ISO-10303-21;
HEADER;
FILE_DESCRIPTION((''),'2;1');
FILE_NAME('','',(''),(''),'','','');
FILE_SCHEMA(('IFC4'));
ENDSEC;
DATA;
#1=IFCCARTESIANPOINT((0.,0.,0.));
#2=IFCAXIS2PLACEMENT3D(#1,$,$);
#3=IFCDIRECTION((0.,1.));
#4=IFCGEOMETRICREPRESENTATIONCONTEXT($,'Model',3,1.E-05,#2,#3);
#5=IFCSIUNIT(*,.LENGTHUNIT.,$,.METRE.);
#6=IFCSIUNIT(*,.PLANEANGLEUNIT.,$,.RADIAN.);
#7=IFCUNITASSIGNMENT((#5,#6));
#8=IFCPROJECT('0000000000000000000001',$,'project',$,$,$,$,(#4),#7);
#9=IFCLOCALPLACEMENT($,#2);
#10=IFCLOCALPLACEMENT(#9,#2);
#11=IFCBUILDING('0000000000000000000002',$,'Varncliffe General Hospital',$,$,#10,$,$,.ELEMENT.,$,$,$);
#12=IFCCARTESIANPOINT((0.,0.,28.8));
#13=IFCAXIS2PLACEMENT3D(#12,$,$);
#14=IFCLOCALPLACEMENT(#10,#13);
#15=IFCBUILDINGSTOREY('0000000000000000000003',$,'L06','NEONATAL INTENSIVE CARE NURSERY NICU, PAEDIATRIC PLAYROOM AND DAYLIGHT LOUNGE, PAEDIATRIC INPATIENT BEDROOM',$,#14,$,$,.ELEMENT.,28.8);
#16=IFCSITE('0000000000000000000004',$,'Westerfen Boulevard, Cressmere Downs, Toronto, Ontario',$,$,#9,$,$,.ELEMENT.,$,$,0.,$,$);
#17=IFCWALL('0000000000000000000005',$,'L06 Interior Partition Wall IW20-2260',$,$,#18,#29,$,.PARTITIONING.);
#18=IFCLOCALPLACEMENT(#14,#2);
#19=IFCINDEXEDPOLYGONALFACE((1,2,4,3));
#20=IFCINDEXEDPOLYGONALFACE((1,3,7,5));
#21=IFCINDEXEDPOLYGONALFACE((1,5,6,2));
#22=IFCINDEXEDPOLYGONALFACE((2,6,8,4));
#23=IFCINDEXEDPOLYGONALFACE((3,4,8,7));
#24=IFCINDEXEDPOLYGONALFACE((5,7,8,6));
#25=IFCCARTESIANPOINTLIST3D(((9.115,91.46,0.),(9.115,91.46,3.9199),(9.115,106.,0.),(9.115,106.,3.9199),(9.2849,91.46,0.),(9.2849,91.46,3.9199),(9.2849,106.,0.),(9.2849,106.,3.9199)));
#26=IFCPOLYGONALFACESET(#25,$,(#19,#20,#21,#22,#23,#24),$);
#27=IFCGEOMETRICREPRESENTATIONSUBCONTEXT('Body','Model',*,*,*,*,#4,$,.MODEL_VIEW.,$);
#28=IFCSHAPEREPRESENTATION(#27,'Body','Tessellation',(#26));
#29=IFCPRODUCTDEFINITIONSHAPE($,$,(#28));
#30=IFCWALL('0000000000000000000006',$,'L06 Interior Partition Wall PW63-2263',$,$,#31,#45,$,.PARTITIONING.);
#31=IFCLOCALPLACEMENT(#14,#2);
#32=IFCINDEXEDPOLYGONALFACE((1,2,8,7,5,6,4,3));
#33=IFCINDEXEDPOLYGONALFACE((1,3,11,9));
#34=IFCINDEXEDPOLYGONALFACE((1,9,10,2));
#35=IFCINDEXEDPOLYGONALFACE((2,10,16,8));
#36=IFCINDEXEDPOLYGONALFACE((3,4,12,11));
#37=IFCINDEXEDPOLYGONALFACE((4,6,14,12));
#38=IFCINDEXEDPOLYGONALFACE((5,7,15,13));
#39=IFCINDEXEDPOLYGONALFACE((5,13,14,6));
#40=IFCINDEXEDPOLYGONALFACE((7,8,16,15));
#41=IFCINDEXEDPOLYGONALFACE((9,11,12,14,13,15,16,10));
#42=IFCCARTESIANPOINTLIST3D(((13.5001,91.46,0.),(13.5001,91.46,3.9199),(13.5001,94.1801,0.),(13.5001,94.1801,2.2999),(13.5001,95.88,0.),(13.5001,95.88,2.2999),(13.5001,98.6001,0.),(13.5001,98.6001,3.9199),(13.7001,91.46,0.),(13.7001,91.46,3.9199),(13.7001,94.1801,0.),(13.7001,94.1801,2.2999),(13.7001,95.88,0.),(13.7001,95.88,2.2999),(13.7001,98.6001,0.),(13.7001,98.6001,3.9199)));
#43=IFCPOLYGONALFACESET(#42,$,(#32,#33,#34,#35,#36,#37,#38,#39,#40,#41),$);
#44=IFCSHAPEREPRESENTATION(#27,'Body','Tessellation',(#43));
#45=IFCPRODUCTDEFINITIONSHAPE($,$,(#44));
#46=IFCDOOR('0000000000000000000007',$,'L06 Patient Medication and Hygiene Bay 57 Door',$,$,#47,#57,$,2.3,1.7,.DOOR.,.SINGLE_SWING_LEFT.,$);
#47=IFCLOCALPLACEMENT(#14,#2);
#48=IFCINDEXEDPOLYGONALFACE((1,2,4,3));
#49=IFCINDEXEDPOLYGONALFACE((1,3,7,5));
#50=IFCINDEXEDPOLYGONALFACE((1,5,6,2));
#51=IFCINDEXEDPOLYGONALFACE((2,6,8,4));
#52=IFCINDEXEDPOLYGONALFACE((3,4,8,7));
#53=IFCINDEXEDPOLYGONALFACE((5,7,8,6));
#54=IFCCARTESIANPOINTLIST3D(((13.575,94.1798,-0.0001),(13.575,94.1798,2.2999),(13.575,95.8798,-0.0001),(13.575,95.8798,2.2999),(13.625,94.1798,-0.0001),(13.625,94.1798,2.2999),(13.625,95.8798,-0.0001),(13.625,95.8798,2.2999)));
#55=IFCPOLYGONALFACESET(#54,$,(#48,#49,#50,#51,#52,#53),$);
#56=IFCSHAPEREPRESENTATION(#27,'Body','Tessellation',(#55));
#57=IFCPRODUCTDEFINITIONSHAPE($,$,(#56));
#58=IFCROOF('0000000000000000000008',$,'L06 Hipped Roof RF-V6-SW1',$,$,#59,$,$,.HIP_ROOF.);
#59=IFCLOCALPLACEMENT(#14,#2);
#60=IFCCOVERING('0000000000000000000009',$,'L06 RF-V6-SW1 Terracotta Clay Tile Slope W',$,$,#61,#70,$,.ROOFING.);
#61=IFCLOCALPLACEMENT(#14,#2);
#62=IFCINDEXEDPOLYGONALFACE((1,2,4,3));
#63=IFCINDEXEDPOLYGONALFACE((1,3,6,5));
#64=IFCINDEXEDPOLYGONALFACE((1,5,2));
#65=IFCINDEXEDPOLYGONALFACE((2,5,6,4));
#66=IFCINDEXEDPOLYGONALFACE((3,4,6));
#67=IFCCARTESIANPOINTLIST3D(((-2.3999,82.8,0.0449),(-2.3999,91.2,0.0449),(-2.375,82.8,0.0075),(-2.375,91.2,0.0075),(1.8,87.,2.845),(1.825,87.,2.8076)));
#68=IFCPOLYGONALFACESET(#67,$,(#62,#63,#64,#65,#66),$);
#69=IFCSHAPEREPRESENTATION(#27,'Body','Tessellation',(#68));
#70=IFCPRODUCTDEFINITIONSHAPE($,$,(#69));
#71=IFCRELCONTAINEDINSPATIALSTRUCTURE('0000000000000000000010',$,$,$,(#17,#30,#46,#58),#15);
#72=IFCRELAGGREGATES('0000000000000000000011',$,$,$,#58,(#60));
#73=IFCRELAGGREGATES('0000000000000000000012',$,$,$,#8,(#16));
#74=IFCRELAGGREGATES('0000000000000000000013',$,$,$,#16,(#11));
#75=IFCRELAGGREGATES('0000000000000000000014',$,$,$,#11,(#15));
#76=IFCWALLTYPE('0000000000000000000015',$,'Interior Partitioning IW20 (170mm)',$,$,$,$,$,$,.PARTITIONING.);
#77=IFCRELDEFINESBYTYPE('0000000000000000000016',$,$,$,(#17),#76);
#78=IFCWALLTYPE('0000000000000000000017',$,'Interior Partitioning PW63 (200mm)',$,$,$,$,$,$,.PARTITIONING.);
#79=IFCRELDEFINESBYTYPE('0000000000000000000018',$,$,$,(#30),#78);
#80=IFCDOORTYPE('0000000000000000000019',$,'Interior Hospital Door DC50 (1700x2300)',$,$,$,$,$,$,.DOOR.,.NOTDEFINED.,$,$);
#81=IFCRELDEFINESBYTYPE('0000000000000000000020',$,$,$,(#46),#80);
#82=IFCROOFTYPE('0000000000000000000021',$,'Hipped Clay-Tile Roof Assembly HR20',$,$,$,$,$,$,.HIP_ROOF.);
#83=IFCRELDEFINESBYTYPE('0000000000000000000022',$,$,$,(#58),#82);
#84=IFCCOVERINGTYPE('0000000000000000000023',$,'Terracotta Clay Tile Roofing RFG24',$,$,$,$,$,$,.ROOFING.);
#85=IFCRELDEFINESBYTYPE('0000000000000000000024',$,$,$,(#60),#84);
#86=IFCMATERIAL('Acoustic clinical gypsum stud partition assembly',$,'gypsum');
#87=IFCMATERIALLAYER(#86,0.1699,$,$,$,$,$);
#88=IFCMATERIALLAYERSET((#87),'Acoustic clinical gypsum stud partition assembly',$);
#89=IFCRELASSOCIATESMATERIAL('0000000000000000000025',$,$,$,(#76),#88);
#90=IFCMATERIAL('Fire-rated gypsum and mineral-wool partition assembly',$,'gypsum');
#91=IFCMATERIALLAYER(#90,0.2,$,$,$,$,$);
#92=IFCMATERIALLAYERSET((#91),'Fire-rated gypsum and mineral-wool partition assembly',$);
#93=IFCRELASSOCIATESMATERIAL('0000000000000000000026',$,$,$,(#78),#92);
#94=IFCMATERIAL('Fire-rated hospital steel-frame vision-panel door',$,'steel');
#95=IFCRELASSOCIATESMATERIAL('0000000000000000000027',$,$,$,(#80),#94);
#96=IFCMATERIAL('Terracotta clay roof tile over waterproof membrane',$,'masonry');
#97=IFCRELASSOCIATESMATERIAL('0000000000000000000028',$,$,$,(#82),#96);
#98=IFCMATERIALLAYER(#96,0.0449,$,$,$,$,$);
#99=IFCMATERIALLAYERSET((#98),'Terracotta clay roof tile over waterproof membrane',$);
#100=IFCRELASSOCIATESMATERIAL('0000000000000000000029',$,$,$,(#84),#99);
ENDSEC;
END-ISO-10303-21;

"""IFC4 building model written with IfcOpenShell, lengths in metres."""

from ifc_helpers import new_model, si_unit, direction, frame, frame_2d, origin, place, context, subcontext, project, spatial, polyline, rectangle, outline, extrude, material, layer, layer_set, type_object, element, fill, aggregate, save


model = new_model("IFC4")

# Units and contexts
model_context = context("Model", 3, precision=1e-05, world=origin(), true_north=direction((0.0, 1.0)))
body_context = subcontext(model_context, "Body", "Model", "MODEL_VIEW")
ifc_project = project(units=[si_unit("LENGTHUNIT", "METRE"), si_unit("PLANEANGLEUNIT", "RADIAN")], contexts=[model_context])

# Site, building, storey
site_placement = place(None, origin())
site = spatial("IfcSite", under=ifc_project, at=site_placement, Name="Westerfen Boulevard, Cressmere Downs, Toronto, Ontario", CompositionType="ELEMENT", RefElevation=0.0)
building_placement = place(site_placement, origin())
building = spatial("IfcBuilding", under=site, at=building_placement, Name="Varncliffe General Hospital", CompositionType="ELEMENT")
storey_placement = place(building_placement, frame((0.0, 0.0, 28.8)))
storey = spatial("IfcBuildingStorey", under=building, at=storey_placement, Name="L06", Description="NEONATAL INTENSIVE CARE NURSERY NICU, PAEDIATRIC PLAYROOM AND DAYLIGHT LOUNGE, PAEDIATRIC INPATIENT BEDROOM", CompositionType="ELEMENT", Elevation=28.8)

# Wall
ifc_material_1 = material(Name="Acoustic clinical gypsum stud partition assembly", Category="gypsum")
ifc_layer_1 = layer(ifc_material_1, 0.1699)
ifc_layer_set_1 = layer_set([ifc_layer_1], Name="Acoustic clinical gypsum stud partition assembly")
wall_type_1 = type_object("IfcWallType", Name="Interior Partitioning IW20 (170mm)", PredefinedType="PARTITIONING", material=ifc_layer_set_1)
wall_1_placement = place(storey_placement, frame((9.2, 91.46, 0.0), z_axis=(0.0, 0.0, 1.0), x_axis=(0.0, 1.0, 0.0)))
element("IfcWall", 1, at=wall_1_placement, inside=storey, type_object=wall_type_1, Name="L06 Interior Partition Wall IW20-2260", PredefinedType="PARTITIONING", context=body_context, shape_type="SweptSolid", body=[
    extrude(rectangle(XDim=14.54, YDim=0.1699, at=frame_2d((7.27, 0.0))), origin(), (0.0, 0.0, 1.0), 3.9199),
])

# Wall, opening, door
ifc_material_2 = material(Name="Fire-rated gypsum and mineral-wool partition assembly", Category="gypsum")
ifc_layer_2 = layer(ifc_material_2, 0.2)
ifc_layer_set_2 = layer_set([ifc_layer_2], Name="Fire-rated gypsum and mineral-wool partition assembly")
wall_type_2 = type_object("IfcWallType", Name="Interior Partitioning PW63 (200mm)", PredefinedType="PARTITIONING", material=ifc_layer_set_2)
wall_2_placement = place(storey_placement, frame((13.6001, 91.46, 0.0), z_axis=(0.0, 0.0, 1.0), x_axis=(0.0, 1.0, 0.0)))
wall_2 = element("IfcWall", 2, at=wall_2_placement, inside=storey, type_object=wall_type_2, Name="L06 Interior Partition Wall PW63-2263", PredefinedType="PARTITIONING", context=body_context, shape_type="SweptSolid", body=[
    extrude(rectangle(XDim=7.1401, YDim=0.2, at=frame_2d((3.5701, 0.0))), origin(), (0.0, 0.0, 1.0), 3.9199),
])
opening_1_placement = place(wall_2_placement, frame((2.72, 0.0, 0.0)))
opening_1 = element("IfcOpeningElement", 3, at=opening_1_placement, cuts=wall_2, PredefinedType="OPENING", context=body_context, shape_type="SweptSolid", body=[
    extrude(rectangle(XDim=1.7, YDim=2.3, at=frame_2d((0.8501, 1.1499))), frame((0.0, 0.1099, 0.0), z_axis=(0.0, -1.0, 0.0), x_axis=(1.0, 0.0, 0.0)), (0.0, 0.0, 1.0), 0.22),
])
ifc_material_3 = material(Name="Fire-rated hospital steel-frame vision-panel door", Category="steel")
door_type = type_object("IfcDoorType", Name="Interior Hospital Door DC50 (1700x2300)", OperationType="NOTDEFINED", PredefinedType="DOOR", material=ifc_material_3)
door_placement = place(opening_1_placement, frame((1.7, 0.0, 0.0), z_axis=(0.0, 0.0, 1.0), x_axis=(-1.0, 0.0, 0.0)))
door = element("IfcDoor", 4, at=door_placement, inside=storey, type_object=door_type, Name="L06 Patient Medication and Hygiene Bay 57 Door", OperationType="SINGLE_SWING_LEFT", OverallHeight=2.3, OverallWidth=1.7, PredefinedType="DOOR", context=body_context, shape_type="SweptSolid", body=[
    extrude(rectangle(XDim=1.7, YDim=2.3, at=frame_2d((0.8501, 1.1499))), frame((0.0, 0.0249, 0.0), z_axis=(0.0, -1.0, 0.0), x_axis=(1.0, 0.0, 0.0)), (0.0, 0.0, 1.0), 0.05),
])
fill(opening_1, door)

# Roof, covering
ifc_material_4 = material(Name="Terracotta clay roof tile over waterproof membrane", Category="masonry")
roof_type = type_object("IfcRoofType", Name="Hipped Clay-Tile Roof Assembly HR20", PredefinedType="HIP_ROOF", material=ifc_material_4)
roof_placement = place(storey_placement, origin())
roof = element("IfcRoof", 5, at=roof_placement, inside=storey, type_object=roof_type, Name="L06 Hipped Roof RF-V6-SW1", PredefinedType="HIP_ROOF")
ifc_layer_3 = layer(ifc_material_4, 0.0449)
ifc_layer_set_3 = layer_set([ifc_layer_3], Name="Terracotta clay roof tile over waterproof membrane")
covering_type = type_object("IfcCoveringType", Name="Terracotta Clay Tile Roofing RFG24", PredefinedType="ROOFING", material=ifc_layer_set_3)
covering_placement = place(storey_placement, frame((-2.3999, 91.2, 0.0449), z_axis=(-0.554711, 0.0, 0.832043), x_axis=(0.0, -1.0, 0.0)))
covering = element("IfcCovering", 6, at=covering_placement, type_object=covering_type, Name="L06 RF-V6-SW1 Terracotta Clay Tile Slope W", PredefinedType="ROOFING", context=body_context, shape_type="SweptSolid", body=[
    extrude(outline(polyline([(0.0, 0.0), (8.3999, 0.0), (4.2, 5.0478), (0.0, 0.0)])), origin(), (0.0, 0.0, -1.0), 0.0449),
])
aggregate(roof, [covering])

save(model, "model.ifc")
